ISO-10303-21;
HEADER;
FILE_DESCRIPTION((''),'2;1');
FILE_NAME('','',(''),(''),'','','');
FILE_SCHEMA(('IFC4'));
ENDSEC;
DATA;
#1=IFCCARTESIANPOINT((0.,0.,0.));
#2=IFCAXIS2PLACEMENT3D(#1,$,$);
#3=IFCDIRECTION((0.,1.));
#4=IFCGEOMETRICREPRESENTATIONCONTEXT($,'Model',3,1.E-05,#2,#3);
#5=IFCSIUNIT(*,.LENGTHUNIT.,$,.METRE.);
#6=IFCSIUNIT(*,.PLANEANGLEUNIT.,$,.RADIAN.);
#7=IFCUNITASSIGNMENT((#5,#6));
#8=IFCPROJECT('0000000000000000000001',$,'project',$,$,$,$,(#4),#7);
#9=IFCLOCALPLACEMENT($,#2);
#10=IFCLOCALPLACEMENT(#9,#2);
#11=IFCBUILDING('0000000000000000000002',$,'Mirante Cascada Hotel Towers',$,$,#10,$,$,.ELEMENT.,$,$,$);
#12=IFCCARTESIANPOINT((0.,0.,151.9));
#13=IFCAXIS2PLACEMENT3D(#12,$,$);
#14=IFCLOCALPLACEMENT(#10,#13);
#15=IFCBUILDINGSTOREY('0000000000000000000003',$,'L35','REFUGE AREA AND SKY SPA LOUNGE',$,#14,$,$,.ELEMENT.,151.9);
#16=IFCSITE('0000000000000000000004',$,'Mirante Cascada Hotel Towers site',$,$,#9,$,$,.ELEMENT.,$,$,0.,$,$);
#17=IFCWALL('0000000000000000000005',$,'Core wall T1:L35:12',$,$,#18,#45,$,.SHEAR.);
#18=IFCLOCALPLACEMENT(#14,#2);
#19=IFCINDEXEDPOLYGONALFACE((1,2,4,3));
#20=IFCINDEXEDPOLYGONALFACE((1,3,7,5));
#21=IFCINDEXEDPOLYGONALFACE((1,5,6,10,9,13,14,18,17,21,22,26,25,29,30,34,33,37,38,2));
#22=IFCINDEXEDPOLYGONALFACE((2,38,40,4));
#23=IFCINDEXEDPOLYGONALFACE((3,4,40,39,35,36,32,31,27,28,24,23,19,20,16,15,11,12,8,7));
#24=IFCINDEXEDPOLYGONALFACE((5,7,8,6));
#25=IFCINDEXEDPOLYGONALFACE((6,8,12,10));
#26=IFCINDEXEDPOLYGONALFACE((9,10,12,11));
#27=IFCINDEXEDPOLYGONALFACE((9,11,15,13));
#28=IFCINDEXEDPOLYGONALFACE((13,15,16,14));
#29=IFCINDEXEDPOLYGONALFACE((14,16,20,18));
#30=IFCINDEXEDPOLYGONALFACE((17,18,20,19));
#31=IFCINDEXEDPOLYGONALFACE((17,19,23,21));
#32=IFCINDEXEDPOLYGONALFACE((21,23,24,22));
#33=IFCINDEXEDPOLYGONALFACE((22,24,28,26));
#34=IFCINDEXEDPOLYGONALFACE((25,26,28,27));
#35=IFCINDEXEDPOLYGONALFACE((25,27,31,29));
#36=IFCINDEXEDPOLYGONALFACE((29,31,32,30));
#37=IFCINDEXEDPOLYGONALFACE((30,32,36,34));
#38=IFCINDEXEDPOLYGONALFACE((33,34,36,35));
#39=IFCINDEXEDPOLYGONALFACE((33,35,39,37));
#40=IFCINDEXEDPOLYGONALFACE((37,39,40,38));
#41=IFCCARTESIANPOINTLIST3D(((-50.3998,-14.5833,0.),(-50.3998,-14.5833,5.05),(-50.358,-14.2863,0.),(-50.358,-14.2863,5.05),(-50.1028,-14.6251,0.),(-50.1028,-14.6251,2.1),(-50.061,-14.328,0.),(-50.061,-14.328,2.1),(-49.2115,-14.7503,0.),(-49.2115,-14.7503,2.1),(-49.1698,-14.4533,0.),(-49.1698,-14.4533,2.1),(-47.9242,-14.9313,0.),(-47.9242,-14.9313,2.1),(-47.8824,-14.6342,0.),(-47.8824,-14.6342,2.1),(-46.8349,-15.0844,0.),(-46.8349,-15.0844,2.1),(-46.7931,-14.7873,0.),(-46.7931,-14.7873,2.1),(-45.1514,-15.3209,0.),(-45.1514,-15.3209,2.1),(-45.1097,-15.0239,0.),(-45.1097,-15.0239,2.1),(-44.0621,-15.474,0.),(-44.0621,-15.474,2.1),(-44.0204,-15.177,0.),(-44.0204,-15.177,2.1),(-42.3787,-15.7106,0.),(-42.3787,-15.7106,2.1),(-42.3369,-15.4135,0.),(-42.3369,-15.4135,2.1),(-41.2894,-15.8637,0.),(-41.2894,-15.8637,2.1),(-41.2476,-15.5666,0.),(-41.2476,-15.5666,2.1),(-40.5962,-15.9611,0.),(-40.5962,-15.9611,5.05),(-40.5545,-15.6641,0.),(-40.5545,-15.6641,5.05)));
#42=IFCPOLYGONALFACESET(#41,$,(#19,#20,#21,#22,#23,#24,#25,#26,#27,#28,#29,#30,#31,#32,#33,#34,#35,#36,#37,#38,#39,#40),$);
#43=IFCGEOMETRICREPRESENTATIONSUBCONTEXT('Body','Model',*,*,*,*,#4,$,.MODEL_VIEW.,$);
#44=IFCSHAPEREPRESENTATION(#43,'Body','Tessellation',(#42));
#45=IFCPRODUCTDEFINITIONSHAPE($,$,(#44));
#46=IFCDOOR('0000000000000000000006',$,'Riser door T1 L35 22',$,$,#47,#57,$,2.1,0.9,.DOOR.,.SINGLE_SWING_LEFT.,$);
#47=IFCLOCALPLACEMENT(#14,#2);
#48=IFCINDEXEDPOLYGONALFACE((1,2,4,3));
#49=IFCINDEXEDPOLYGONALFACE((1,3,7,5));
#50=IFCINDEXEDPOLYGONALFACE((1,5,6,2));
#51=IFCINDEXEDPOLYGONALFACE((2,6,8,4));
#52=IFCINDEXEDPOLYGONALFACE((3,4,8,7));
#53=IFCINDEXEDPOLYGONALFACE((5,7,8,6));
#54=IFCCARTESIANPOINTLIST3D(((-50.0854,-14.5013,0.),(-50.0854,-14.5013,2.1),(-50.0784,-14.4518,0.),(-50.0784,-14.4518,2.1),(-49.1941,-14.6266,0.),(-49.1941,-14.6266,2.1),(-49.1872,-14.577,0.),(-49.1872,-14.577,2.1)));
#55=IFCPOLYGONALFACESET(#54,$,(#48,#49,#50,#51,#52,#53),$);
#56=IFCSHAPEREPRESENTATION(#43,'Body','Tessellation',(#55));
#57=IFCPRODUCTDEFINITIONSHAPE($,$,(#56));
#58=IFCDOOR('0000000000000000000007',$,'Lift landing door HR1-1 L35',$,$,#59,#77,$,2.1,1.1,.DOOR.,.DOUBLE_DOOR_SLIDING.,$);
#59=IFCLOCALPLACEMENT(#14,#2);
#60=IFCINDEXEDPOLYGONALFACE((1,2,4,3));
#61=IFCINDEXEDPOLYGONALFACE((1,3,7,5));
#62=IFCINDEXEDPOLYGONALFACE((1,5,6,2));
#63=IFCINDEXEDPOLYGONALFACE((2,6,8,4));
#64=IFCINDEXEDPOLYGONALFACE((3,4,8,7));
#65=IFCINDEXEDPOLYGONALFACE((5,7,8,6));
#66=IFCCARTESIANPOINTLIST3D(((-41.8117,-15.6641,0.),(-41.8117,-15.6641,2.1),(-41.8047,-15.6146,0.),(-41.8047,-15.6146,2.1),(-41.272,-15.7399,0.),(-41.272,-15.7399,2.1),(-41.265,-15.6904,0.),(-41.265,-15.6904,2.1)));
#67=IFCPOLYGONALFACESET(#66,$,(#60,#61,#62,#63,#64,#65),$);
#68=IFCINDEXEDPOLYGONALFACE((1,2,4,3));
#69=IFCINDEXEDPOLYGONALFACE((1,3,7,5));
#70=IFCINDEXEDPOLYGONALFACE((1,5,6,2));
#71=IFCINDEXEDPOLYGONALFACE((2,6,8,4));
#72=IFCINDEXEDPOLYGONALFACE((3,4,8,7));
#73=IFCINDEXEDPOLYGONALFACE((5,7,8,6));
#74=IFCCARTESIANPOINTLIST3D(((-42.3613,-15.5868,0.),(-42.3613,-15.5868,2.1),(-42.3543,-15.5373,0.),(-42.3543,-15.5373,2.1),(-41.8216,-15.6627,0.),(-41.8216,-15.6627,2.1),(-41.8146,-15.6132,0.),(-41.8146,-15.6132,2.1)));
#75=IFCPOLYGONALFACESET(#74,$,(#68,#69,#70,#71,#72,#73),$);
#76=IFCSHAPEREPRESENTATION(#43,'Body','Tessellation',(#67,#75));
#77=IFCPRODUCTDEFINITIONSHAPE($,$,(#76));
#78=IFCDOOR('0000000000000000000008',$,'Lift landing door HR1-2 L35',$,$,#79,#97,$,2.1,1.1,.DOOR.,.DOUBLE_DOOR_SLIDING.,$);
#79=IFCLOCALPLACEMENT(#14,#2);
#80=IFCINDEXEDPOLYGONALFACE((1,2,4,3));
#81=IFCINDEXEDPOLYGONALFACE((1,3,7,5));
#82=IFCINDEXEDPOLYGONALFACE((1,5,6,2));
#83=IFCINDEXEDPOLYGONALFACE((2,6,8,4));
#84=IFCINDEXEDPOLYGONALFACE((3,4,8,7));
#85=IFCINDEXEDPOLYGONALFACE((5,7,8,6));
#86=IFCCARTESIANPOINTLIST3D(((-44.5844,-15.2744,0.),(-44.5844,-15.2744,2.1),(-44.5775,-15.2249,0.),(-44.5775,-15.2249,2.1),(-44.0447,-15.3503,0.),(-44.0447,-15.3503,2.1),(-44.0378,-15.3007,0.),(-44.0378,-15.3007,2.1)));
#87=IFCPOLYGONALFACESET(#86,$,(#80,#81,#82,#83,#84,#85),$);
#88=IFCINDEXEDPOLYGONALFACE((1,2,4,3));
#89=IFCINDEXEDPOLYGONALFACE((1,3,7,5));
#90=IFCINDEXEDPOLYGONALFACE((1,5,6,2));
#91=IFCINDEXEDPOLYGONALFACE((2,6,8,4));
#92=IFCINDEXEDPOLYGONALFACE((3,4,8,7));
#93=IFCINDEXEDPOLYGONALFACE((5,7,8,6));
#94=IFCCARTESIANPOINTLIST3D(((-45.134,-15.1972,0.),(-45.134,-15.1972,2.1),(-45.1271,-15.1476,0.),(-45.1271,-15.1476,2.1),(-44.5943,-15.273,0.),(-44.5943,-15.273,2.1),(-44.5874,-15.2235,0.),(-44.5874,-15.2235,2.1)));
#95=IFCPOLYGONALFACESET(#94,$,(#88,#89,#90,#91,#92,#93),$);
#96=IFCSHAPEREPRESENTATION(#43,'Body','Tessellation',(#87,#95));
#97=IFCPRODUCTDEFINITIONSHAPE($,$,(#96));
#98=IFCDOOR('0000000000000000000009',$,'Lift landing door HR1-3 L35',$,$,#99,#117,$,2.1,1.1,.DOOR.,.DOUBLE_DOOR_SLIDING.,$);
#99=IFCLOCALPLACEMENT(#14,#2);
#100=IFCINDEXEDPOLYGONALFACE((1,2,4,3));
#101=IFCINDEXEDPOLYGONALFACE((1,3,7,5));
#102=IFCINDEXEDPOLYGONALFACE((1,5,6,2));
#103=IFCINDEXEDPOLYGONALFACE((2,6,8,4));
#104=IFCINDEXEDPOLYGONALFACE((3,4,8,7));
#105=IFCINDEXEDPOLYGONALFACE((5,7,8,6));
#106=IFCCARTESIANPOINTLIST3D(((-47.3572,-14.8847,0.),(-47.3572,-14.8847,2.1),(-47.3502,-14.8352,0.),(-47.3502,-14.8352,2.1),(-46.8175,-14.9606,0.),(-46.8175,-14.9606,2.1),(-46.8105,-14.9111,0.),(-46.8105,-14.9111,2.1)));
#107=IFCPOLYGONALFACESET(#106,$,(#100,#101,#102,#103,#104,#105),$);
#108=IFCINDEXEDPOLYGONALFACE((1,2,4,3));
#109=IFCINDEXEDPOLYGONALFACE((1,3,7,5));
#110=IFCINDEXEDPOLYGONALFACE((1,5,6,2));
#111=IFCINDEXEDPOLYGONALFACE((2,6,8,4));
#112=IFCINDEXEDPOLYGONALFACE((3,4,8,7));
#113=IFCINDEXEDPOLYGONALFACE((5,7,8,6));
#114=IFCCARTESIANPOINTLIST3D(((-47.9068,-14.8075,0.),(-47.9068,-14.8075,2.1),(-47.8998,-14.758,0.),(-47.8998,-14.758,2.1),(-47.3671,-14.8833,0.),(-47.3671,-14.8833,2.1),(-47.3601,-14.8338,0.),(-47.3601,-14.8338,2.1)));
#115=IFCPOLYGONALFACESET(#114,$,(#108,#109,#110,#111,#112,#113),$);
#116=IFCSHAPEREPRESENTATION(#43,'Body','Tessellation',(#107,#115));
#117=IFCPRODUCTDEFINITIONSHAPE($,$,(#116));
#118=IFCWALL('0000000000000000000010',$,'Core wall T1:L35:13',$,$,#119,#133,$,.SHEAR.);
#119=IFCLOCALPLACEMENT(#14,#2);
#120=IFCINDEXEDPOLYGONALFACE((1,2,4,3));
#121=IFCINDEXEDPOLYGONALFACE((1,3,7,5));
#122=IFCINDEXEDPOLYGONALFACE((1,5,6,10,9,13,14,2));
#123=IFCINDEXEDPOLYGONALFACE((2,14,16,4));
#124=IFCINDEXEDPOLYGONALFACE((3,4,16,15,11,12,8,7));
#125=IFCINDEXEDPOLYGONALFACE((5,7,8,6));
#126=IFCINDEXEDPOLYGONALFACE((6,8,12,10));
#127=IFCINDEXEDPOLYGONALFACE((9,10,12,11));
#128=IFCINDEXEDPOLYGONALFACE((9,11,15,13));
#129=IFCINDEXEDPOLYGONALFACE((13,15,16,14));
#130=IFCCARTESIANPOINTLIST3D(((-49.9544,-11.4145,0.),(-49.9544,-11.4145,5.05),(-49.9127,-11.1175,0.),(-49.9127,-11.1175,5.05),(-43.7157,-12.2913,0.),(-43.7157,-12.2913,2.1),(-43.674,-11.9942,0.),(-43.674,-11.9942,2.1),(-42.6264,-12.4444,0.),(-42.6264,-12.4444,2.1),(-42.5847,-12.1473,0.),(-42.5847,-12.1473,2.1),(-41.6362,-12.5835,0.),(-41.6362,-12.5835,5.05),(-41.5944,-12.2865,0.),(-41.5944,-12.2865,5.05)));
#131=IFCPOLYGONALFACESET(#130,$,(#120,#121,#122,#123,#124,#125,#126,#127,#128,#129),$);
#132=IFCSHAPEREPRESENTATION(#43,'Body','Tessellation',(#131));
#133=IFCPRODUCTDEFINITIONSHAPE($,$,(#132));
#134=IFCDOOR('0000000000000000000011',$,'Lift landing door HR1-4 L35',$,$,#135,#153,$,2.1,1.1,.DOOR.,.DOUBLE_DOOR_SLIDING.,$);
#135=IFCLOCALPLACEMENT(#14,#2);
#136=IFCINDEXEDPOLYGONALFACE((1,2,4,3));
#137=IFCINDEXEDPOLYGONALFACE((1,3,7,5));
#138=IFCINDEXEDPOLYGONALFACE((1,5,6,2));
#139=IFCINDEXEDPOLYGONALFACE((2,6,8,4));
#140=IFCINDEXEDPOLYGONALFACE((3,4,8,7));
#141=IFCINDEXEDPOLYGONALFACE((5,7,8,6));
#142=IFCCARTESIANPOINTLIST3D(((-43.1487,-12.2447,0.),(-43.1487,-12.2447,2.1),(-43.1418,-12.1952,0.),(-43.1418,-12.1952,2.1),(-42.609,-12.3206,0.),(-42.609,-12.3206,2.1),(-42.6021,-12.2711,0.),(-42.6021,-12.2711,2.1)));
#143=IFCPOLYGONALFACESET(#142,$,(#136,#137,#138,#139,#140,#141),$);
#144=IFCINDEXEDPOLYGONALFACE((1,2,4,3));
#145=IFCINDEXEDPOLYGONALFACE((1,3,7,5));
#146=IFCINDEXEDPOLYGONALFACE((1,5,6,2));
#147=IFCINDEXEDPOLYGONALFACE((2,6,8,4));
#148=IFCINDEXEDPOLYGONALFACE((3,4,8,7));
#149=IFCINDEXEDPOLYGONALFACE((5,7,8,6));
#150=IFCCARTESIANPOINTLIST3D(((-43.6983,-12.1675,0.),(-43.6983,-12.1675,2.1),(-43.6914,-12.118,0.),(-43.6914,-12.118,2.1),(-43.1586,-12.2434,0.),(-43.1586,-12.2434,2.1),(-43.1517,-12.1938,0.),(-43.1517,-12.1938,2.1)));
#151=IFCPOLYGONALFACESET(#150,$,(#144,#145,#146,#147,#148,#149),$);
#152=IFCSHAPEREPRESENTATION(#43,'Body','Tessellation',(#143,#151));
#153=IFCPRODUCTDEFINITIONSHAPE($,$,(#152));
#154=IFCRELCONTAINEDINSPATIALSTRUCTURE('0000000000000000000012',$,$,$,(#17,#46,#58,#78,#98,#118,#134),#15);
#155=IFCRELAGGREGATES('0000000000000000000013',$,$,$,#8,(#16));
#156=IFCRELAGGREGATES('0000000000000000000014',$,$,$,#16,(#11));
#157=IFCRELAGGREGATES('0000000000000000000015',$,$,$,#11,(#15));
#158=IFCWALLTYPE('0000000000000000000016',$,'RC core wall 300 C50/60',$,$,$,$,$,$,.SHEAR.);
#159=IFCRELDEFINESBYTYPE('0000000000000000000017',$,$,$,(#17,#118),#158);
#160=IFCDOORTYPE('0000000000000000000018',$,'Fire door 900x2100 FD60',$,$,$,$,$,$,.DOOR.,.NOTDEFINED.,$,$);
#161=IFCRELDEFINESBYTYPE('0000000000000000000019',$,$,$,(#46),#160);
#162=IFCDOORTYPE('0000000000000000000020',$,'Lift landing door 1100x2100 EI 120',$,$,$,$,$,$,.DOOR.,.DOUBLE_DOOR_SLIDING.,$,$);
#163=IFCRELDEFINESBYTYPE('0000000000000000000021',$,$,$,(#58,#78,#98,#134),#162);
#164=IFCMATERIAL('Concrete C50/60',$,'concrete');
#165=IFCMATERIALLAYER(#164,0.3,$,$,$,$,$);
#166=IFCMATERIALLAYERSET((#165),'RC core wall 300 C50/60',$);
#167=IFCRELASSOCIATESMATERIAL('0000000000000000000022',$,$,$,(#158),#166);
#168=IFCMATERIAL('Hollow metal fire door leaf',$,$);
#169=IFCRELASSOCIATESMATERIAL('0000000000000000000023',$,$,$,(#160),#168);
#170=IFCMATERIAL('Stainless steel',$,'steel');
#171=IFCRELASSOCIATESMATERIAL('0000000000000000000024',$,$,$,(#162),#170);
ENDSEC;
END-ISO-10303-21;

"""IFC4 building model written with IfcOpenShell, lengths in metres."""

from ifc_helpers import new_model, si_unit, direction, frame, frame_2d, origin, place, context, subcontext, project, spatial, rectangle, extrude, material, layer, layer_set, type_object, element, fill, save


model = new_model("IFC4")

# Units and contexts
model_context = context("Model", 3, precision=1e-05, world=origin(), true_north=direction((0.0, 1.0)))
body_context = subcontext(model_context, "Body", "Model", "MODEL_VIEW")
ifc_project = project(units=[si_unit("LENGTHUNIT", "METRE"), si_unit("PLANEANGLEUNIT", "RADIAN")], contexts=[model_context])

# Site, building, storey
site_placement = place(None, origin())
site = spatial("IfcSite", under=ifc_project, at=site_placement, Name="Mirante Cascada Hotel Towers site", CompositionType="ELEMENT", RefElevation=0.0)
building_placement = place(site_placement, origin())
building = spatial("IfcBuilding", under=site, at=building_placement, Name="Mirante Cascada Hotel Towers", CompositionType="ELEMENT")
storey_placement = place(building_placement, frame((0.0, 0.0, 151.9)))
storey = spatial("IfcBuildingStorey", under=building, at=storey_placement, Name="L35", Description="REFUGE AREA AND SKY SPA LOUNGE", CompositionType="ELEMENT", Elevation=151.9)

# Shared definitions
ifc_material_1 = material(Name="Concrete C50/60", Category="concrete")
ifc_layer_1 = layer(ifc_material_1, 0.3)
ifc_layer_set_1 = layer_set([ifc_layer_1], Name="RC core wall 300 C50/60")
wall_type_1 = type_object("IfcWallType", Name="RC core wall 300 C50/60", PredefinedType="SHEAR", material=ifc_layer_set_1)

# Wall, openings, doors
wall_1_placement = place(storey_placement, frame((-40.5753, -15.8126, 0.0), z_axis=(0.0, 0.0, 1.0), x_axis=(-0.990268, 0.139173, 0.0)))
wall_1 = element("IfcWall", 1, at=wall_1_placement, inside=storey, type_object=wall_type_1, Name="Core wall T1:L35:12", PredefinedType="SHEAR", context=body_context, shape_type="SweptSolid", body=[
    extrude(rectangle(XDim=9.8999, YDim=0.3, at=frame_2d((4.95, 0.0))), origin(), (0.0, 0.0, 1.0), 5.05),
])
opening_1_placement = place(wall_1_placement, frame((0.7, 0.0, 0.0)))
opening_1 = element("IfcOpeningElement", 2, at=opening_1_placement, cuts=wall_1, PredefinedType="OPENING", context=body_context, shape_type="SweptSolid", body=[
    extrude(rectangle(XDim=1.1, YDim=2.1, at=frame_2d((0.55, 1.05))), frame((0.0, 0.15, 0.0), z_axis=(0.0, -1.0, 0.0), x_axis=(1.0, 0.0, 0.0)), (0.0, 0.0, 1.0), 0.3),
])
opening_2_placement = place(wall_1_placement, frame((3.5, 0.0, 0.0)))
opening_2 = element("IfcOpeningElement", 3, at=opening_2_placement, cuts=wall_1, PredefinedType="OPENING", context=body_context, shape_type="SweptSolid", body=[
    extrude(rectangle(XDim=1.1, YDim=2.1, at=frame_2d((0.55, 1.05))), frame((0.0, 0.15, 0.0), z_axis=(0.0, -1.0, 0.0), x_axis=(1.0, 0.0, 0.0)), (0.0, 0.0, 1.0), 0.3),
])
opening_3_placement = place(wall_1_placement, frame((6.3, 0.0, 0.0)))
opening_3 = element("IfcOpeningElement", 4, at=opening_3_placement, cuts=wall_1, PredefinedType="OPENING", context=body_context, shape_type="SweptSolid", body=[
    extrude(rectangle(XDim=1.1, YDim=2.1, at=frame_2d((0.55, 1.05))), frame((0.0, 0.15, 0.0), z_axis=(0.0, -1.0, 0.0), x_axis=(1.0, 0.0, 0.0)), (0.0, 0.0, 1.0), 0.3),
])
opening_4_placement = place(wall_1_placement, frame((8.7, 0.0, 0.0)))
opening_4 = element("IfcOpeningElement", 5, at=opening_4_placement, cuts=wall_1, PredefinedType="OPENING", context=body_context, shape_type="SweptSolid", body=[
    extrude(rectangle(XDim=0.9, YDim=2.1, at=frame_2d((0.45, 1.05))), frame((0.0, 0.15, 0.0), z_axis=(0.0, -1.0, 0.0), x_axis=(1.0, 0.0, 0.0)), (0.0, 0.0, 1.0), 0.3),
])
ifc_material_2 = material(Name="Hollow metal fire door leaf")
door_type_1 = type_object("IfcDoorType", Name="Fire door 900x2100 FD60", OperationType="NOTDEFINED", PredefinedType="DOOR", material=ifc_material_2)
door_1_placement = place(opening_4_placement, origin())
door_1 = element("IfcDoor", 6, at=door_1_placement, inside=storey, type_object=door_type_1, Name="Riser door T1 L35 22", OperationType="SINGLE_SWING_LEFT", OverallHeight=2.1, OverallWidth=0.9, PredefinedType="DOOR", context=body_context, shape_type="SweptSolid", body=[
    extrude(rectangle(XDim=0.9, YDim=2.1, at=frame_2d((0.45, 1.05))), frame((0.0, 0.025, 0.0), z_axis=(0.0, -1.0, 0.0), x_axis=(1.0, 0.0, 0.0)), (0.0, 0.0, 1.0), 0.05),
])
fill(opening_4, door_1)
ifc_material_3 = material(Name="Stainless steel", Category="steel")
door_type_2 = type_object("IfcDoorType", Name="Lift landing door 1100x2100 EI 120", OperationType="DOUBLE_DOOR_SLIDING", PredefinedType="DOOR", material=ifc_material_3)
door_2_placement = place(opening_1_placement, origin())
door_2 = element("IfcDoor", 7, at=door_2_placement, inside=storey, type_object=door_type_2, Name="Lift landing door HR1-1 L35", OperationType="DOUBLE_DOOR_SLIDING", OverallHeight=2.1, OverallWidth=1.1, PredefinedType="DOOR", context=body_context, shape_type="SweptSolid", body=[
    extrude(rectangle(XDim=0.545, YDim=2.1, at=frame_2d((0.2725, 1.05))), frame((0.0, 0.025, 0.0), z_axis=(0.0, -1.0, 0.0), x_axis=(1.0, 0.0, 0.0)), (0.0, 0.0, 1.0), 0.05),
    extrude(rectangle(XDim=0.545, YDim=2.1, at=frame_2d((0.8275, 1.05))), frame((0.0, 0.025, 0.0), z_axis=(0.0, -1.0, 0.0), x_axis=(1.0, 0.0, 0.0)), (0.0, 0.0, 1.0), 0.05),
])
fill(opening_1, door_2)
door_3_placement = place(opening_2_placement, origin())
door_3 = element("IfcDoor", 8, at=door_3_placement, inside=storey, type_object=door_type_2, Name="Lift landing door HR1-2 L35", OperationType="DOUBLE_DOOR_SLIDING", OverallHeight=2.1, OverallWidth=1.1, PredefinedType="DOOR", context=body_context, shape_type="SweptSolid", body=[
    extrude(rectangle(XDim=0.545, YDim=2.1, at=frame_2d((0.2725, 1.05))), frame((0.0, 0.025, 0.0), z_axis=(0.0, -1.0, 0.0), x_axis=(1.0, 0.0, 0.0)), (0.0, 0.0, 1.0), 0.05),
    extrude(rectangle(XDim=0.545, YDim=2.1, at=frame_2d((0.8275, 1.05))), frame((0.0, 0.025, 0.0), z_axis=(0.0, -1.0, 0.0), x_axis=(1.0, 0.0, 0.0)), (0.0, 0.0, 1.0), 0.05),
])
fill(opening_2, door_3)
door_4_placement = place(opening_3_placement, origin())
door_4 = element("IfcDoor", 9, at=door_4_placement, inside=storey, type_object=door_type_2, Name="Lift landing door HR1-3 L35", OperationType="DOUBLE_DOOR_SLIDING", OverallHeight=2.1, OverallWidth=1.1, PredefinedType="DOOR", context=body_context, shape_type="SweptSolid", body=[
    extrude(rectangle(XDim=0.545, YDim=2.1, at=frame_2d((0.2725, 1.05))), frame((0.0, 0.025, 0.0), z_axis=(0.0, -1.0, 0.0), x_axis=(1.0, 0.0, 0.0)), (0.0, 0.0, 1.0), 0.05),
    extrude(rectangle(XDim=0.545, YDim=2.1, at=frame_2d((0.8275, 1.05))), frame((0.0, 0.025, 0.0), z_axis=(0.0, -1.0, 0.0), x_axis=(1.0, 0.0, 0.0)), (0.0, 0.0, 1.0), 0.05),
])
fill(opening_3, door_4)

# Wall, opening, door
wall_2_placement = place(storey_placement, frame((-41.6153, -12.435, 0.0), z_axis=(0.0, 0.0, 1.0), x_axis=(-0.990269, 0.139166, 0.0)))
wall_2 = element("IfcWall", 10, at=wall_2_placement, inside=storey, type_object=wall_type_1, Name="Core wall T1:L35:13", PredefinedType="SHEAR", context=body_context, shape_type="SweptSolid", body=[
    extrude(rectangle(XDim=8.4, YDim=0.3, at=frame_2d((4.2, 0.0))), origin(), (0.0, 0.0, 1.0), 5.05),
])
opening_5_placement = place(wall_2_placement, frame((1.0, 0.0, 0.0)))
opening_5 = element("IfcOpeningElement", 11, at=opening_5_placement, cuts=wall_2, PredefinedType="OPENING", context=body_context, shape_type="SweptSolid", body=[
    extrude(rectangle(XDim=1.1, YDim=2.1, at=frame_2d((0.55, 1.05))), frame((0.0, 0.15, 0.0), z_axis=(0.0, -1.0, 0.0), x_axis=(1.0, 0.0, 0.0)), (0.0, 0.0, 1.0), 0.3),
])
door_5_placement = place(opening_5_placement, origin())
door_5 = element("IfcDoor", 12, at=door_5_placement, inside=storey, type_object=door_type_2, Name="Lift landing door HR1-4 L35", OperationType="DOUBLE_DOOR_SLIDING", OverallHeight=2.1, OverallWidth=1.1, PredefinedType="DOOR", context=body_context, shape_type="SweptSolid", body=[
    extrude(rectangle(XDim=0.545, YDim=2.1, at=frame_2d((0.2725, 1.05))), frame((0.0, 0.025, 0.0), z_axis=(0.0, -1.0, 0.0), x_axis=(1.0, 0.0, 0.0)), (0.0, 0.0, 1.0), 0.05),
    extrude(rectangle(XDim=0.545, YDim=2.1, at=frame_2d((0.8275, 1.05))), frame((0.0, 0.025, 0.0), z_axis=(0.0, -1.0, 0.0), x_axis=(1.0, 0.0, 0.0)), (0.0, 0.0, 1.0), 0.05),
])
fill(opening_5, door_5)

save(model, "model.ifc")
